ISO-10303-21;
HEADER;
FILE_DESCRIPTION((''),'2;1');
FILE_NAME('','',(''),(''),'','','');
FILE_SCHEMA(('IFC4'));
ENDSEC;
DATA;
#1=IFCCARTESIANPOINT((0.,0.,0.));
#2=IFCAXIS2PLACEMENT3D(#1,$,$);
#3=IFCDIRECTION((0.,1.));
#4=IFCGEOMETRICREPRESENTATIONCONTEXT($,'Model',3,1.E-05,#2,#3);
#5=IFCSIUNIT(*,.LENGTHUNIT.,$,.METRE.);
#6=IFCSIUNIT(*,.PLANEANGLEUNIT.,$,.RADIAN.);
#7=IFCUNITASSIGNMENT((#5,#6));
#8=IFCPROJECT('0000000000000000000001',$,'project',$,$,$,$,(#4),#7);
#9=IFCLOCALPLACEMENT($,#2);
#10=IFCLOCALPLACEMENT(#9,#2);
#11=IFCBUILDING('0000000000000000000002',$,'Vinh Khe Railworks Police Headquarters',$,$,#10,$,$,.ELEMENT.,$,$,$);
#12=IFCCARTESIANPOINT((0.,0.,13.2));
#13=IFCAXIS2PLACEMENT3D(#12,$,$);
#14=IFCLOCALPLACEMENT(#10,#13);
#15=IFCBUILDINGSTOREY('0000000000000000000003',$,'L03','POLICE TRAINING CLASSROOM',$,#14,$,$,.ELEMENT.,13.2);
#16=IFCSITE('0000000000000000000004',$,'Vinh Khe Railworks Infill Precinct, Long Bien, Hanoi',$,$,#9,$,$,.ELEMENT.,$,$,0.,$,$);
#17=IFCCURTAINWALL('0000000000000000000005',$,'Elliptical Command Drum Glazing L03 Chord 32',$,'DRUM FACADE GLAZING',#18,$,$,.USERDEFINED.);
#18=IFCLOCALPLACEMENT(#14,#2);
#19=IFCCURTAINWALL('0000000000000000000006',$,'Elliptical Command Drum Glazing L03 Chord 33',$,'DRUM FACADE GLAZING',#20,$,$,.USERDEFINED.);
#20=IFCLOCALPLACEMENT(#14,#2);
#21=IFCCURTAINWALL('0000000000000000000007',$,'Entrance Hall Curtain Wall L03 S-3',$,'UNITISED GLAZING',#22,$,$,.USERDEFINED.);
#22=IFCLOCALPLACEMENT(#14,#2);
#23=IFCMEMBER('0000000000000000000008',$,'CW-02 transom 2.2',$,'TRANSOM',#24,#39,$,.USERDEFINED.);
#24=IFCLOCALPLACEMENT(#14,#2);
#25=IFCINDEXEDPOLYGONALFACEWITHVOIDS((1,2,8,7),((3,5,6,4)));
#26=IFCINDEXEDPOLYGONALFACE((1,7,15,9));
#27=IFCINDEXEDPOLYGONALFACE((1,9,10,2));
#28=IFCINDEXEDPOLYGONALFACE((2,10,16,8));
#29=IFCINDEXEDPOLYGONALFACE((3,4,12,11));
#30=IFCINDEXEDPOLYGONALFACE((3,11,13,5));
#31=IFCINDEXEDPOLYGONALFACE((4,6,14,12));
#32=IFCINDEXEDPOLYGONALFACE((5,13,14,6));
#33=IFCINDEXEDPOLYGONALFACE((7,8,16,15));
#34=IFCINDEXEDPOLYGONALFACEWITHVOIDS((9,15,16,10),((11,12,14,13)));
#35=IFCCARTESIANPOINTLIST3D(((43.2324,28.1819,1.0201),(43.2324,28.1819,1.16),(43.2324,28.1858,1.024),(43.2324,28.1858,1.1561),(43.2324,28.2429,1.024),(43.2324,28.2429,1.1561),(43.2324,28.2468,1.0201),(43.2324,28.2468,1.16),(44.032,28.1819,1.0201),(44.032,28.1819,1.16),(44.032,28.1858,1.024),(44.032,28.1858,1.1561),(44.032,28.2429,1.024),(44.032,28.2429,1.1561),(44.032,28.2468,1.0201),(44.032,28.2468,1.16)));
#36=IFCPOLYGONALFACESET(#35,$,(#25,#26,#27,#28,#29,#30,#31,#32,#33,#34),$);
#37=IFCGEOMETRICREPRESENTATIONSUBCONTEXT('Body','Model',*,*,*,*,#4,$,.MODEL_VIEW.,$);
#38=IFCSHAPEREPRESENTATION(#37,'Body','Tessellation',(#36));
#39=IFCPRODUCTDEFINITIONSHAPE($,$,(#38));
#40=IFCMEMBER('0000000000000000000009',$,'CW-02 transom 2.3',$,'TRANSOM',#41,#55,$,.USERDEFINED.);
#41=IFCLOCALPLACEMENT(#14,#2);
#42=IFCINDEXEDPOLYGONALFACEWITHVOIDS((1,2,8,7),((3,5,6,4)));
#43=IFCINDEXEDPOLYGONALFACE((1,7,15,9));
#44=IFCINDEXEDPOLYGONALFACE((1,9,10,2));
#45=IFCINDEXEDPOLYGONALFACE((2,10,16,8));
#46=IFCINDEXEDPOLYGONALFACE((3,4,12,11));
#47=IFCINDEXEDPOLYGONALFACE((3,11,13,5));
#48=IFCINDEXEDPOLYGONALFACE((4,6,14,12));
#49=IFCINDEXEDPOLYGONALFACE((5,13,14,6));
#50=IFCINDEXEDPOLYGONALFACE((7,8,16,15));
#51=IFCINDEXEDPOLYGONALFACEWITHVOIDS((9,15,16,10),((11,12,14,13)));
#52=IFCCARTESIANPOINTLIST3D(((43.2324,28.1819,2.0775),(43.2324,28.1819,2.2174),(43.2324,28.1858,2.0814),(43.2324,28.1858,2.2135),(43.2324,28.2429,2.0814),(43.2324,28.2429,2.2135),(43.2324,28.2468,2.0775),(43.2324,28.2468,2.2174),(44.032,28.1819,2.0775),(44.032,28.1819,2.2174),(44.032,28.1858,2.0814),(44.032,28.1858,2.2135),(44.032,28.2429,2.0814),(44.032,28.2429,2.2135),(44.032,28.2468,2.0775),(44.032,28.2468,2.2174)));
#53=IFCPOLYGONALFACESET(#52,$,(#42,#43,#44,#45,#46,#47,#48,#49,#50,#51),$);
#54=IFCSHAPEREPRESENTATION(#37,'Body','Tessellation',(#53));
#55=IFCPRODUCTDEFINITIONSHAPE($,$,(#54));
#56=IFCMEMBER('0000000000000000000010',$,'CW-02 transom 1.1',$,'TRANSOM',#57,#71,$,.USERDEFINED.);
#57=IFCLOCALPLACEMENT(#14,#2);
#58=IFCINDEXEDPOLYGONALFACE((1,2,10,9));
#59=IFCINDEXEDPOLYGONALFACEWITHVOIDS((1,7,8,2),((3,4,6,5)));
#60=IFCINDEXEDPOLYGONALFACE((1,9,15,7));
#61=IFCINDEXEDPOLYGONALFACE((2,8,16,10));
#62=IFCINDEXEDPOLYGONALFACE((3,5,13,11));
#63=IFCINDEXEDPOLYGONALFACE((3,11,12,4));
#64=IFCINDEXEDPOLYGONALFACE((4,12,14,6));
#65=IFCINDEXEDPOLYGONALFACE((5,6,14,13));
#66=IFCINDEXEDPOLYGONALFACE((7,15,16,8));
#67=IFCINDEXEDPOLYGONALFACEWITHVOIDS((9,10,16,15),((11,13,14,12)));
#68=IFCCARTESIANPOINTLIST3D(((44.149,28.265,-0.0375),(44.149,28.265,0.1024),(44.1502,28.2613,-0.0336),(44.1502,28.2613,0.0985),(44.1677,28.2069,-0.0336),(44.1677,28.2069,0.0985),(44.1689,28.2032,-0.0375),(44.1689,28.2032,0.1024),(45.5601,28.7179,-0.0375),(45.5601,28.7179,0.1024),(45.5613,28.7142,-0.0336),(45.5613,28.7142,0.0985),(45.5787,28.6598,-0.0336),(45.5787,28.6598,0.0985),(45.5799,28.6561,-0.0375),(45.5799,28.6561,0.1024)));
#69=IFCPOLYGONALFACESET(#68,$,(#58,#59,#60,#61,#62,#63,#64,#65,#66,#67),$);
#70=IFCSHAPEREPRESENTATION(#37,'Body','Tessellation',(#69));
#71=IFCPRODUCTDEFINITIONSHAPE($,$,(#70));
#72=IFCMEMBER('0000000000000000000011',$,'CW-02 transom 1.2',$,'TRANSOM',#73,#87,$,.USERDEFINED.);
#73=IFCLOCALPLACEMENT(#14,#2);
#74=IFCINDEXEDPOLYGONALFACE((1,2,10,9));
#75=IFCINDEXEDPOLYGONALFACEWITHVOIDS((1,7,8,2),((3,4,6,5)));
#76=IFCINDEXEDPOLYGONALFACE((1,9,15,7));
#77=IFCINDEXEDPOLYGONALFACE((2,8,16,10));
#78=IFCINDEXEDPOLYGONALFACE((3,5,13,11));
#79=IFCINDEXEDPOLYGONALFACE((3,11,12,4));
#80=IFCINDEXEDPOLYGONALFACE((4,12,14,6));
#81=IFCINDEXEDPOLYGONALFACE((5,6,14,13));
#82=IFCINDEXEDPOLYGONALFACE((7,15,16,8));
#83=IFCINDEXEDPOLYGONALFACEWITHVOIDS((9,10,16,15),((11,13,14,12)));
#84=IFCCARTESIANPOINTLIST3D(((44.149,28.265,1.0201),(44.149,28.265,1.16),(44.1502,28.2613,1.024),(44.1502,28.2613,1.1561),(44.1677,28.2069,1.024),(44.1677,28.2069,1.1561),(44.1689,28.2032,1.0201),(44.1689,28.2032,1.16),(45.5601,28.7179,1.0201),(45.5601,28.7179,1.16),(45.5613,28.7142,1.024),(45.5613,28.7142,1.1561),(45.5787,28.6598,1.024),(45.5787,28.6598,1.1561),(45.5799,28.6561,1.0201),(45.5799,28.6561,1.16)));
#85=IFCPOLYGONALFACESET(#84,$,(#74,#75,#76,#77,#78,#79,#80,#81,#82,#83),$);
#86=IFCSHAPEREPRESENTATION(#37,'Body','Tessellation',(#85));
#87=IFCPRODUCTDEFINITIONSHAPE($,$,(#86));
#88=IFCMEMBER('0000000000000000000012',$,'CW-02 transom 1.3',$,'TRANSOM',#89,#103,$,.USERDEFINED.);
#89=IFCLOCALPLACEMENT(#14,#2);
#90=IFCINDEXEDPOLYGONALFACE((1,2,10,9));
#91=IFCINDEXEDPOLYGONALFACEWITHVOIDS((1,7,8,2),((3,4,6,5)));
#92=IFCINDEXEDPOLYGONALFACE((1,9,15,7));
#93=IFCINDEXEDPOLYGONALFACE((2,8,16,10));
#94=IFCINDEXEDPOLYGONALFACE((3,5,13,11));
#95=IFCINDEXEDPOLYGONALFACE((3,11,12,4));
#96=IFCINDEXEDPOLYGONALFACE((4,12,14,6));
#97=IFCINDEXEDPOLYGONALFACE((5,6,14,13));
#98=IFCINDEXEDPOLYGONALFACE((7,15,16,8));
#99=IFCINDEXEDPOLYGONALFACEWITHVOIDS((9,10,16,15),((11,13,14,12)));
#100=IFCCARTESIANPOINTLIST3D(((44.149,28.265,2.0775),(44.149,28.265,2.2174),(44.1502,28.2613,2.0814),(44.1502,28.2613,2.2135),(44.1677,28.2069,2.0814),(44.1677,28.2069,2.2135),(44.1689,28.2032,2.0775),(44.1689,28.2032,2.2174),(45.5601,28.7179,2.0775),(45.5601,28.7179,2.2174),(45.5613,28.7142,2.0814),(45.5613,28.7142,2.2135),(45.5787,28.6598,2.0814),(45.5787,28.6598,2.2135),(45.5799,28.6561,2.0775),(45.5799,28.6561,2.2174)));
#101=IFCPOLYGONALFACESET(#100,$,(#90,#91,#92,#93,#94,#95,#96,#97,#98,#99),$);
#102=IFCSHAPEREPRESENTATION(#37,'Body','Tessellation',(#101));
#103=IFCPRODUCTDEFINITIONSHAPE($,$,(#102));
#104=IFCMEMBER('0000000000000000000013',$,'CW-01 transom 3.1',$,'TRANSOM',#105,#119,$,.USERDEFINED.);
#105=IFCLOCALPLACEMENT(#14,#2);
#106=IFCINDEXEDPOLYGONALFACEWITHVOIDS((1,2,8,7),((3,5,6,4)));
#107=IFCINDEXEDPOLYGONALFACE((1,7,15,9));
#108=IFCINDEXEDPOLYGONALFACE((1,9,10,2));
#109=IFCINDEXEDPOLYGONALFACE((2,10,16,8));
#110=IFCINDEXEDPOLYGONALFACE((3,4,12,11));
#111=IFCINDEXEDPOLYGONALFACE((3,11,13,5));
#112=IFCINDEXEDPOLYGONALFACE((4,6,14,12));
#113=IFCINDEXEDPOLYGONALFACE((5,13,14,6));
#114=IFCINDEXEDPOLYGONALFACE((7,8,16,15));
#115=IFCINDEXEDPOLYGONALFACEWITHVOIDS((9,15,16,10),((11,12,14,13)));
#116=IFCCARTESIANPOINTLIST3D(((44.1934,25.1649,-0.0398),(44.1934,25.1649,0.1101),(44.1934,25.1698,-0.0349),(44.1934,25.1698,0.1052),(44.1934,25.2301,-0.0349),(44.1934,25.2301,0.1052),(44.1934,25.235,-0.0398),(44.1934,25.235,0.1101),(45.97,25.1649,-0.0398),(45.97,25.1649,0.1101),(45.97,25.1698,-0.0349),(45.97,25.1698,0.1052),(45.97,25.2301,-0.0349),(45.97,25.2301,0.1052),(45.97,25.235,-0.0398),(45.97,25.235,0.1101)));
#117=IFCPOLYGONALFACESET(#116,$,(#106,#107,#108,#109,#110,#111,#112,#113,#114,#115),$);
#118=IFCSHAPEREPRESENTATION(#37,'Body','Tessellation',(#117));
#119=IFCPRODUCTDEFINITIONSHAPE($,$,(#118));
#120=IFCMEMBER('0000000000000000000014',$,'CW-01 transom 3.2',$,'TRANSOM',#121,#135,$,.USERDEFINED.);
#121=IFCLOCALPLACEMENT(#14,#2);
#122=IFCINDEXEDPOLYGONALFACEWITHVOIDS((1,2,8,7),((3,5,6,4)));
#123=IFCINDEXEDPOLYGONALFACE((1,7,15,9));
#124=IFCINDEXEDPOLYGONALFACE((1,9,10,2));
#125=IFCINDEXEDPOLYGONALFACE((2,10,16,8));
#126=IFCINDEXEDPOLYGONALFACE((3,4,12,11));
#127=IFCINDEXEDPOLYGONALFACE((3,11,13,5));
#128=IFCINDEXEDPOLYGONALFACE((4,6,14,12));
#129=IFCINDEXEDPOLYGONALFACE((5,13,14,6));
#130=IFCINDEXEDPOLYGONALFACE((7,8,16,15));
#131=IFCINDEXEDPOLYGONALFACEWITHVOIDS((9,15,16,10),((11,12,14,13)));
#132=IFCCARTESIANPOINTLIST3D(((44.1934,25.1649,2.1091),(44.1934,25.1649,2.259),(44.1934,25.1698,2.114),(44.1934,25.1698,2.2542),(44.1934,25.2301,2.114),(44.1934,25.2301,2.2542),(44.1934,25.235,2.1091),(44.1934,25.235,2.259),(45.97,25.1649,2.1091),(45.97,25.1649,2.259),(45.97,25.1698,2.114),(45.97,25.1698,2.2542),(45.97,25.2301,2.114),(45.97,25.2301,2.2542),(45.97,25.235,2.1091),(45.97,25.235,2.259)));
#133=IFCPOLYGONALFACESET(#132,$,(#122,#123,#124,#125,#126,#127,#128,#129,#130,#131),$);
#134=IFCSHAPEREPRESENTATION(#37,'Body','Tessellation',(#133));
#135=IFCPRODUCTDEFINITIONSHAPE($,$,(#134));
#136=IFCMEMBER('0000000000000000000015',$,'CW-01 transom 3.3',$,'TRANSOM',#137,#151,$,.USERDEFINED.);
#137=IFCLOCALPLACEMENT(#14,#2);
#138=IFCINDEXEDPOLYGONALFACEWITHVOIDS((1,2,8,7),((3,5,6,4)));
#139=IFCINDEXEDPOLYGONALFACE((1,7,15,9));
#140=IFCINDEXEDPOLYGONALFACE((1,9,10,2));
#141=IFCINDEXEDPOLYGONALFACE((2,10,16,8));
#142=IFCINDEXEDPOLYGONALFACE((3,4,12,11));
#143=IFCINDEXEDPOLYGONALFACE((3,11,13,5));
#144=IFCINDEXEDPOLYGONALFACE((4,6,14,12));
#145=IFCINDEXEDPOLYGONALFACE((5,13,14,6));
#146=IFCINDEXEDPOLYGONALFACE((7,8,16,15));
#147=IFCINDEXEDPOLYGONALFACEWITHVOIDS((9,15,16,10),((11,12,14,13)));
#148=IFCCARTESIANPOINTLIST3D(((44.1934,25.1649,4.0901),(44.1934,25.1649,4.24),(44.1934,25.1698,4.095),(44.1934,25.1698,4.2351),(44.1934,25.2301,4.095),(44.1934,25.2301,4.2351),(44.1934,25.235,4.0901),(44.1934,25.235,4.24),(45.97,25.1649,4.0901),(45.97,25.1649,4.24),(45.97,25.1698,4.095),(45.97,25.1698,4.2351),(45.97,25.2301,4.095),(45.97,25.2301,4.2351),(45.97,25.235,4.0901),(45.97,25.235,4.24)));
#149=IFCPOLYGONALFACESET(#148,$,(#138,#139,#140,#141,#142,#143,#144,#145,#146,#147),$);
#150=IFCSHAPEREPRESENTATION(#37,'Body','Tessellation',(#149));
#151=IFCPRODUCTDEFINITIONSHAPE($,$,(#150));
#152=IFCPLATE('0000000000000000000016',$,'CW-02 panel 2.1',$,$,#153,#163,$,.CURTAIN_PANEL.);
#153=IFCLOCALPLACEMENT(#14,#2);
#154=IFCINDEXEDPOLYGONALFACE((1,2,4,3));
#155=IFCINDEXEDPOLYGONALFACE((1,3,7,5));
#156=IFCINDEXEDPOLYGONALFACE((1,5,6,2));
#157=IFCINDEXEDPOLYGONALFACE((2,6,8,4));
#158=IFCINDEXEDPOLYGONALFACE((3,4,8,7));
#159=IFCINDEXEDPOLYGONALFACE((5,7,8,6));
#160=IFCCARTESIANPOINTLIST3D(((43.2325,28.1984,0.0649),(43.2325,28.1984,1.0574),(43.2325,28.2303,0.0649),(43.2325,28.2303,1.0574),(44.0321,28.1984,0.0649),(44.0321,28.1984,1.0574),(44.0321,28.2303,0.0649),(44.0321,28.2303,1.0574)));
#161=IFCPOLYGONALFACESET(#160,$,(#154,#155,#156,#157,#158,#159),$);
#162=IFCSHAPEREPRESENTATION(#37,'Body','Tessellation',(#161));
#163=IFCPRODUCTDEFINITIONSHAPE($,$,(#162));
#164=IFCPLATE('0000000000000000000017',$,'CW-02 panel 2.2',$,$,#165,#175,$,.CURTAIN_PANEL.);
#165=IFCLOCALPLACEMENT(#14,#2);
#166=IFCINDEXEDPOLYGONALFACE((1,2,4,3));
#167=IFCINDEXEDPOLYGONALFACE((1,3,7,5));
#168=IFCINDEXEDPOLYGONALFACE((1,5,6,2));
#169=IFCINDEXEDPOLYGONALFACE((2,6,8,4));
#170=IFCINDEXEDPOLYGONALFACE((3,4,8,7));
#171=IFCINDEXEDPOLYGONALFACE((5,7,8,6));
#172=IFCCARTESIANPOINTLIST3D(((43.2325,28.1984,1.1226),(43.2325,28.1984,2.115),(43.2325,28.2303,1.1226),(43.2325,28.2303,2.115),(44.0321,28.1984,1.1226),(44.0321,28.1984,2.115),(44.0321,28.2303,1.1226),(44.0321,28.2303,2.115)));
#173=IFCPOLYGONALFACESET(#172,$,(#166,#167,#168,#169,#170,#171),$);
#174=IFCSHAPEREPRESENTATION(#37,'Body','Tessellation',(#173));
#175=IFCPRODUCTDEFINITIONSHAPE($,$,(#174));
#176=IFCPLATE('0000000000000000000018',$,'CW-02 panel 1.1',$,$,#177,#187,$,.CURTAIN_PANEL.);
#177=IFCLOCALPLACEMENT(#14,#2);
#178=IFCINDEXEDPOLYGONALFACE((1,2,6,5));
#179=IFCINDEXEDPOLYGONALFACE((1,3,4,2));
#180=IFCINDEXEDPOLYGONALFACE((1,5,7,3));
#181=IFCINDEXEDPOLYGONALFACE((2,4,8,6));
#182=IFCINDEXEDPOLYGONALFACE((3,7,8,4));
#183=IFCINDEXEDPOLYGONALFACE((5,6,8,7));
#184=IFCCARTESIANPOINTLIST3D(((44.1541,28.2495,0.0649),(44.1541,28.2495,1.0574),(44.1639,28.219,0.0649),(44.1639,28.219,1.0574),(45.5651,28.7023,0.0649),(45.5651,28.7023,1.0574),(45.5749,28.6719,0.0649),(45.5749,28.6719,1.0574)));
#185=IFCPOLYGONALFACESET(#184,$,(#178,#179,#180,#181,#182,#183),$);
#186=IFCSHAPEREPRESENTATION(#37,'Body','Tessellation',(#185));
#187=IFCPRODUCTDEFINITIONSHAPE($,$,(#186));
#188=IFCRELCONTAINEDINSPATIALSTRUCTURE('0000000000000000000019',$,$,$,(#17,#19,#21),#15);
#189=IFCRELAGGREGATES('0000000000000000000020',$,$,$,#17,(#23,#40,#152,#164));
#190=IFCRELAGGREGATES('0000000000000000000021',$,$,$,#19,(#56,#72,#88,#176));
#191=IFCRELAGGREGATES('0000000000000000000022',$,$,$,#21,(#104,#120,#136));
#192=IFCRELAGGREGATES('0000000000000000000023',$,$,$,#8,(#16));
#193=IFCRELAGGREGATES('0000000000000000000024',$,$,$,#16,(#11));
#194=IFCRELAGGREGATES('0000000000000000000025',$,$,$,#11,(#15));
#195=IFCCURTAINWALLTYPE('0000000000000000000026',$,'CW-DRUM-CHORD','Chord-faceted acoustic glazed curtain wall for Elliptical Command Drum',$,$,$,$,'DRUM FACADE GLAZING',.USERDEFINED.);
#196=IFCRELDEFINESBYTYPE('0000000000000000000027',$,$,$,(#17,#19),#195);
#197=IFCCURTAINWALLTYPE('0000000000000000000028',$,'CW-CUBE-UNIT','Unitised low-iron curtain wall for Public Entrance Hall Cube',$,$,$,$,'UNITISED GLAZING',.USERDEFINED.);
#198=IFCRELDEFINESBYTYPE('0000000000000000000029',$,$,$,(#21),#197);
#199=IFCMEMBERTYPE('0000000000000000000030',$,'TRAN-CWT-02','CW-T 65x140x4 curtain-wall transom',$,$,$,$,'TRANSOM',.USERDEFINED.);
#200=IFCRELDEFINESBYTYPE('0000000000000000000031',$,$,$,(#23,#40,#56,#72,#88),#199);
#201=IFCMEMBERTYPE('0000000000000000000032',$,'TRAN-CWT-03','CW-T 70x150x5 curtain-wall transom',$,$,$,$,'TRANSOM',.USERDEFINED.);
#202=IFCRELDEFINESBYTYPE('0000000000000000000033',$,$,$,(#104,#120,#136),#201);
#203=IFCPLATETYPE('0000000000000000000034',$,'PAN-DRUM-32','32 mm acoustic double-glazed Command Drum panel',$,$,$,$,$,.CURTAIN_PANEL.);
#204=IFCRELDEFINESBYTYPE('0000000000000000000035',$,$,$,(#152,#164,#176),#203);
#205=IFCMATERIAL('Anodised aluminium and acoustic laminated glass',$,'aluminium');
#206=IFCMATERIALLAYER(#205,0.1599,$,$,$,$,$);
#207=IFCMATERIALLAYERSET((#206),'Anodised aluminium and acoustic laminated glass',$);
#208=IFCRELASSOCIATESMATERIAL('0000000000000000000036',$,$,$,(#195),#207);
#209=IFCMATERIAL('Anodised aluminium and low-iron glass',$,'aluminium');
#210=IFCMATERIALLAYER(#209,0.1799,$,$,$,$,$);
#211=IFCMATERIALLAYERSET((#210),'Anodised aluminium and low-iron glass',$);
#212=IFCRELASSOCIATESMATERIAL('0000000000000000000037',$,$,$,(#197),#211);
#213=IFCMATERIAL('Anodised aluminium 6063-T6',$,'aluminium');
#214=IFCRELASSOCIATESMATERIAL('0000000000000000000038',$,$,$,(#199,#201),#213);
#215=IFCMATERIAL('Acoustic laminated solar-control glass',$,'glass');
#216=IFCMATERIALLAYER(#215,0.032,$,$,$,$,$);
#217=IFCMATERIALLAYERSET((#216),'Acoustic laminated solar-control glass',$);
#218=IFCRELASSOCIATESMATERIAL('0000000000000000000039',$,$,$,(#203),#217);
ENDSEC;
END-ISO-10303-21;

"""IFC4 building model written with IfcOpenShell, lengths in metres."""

from ifc_helpers import new_model, si_unit, direction, frame, origin, origin_2d, place, context, subcontext, project, spatial, rectangle, hollow_rectangle, extrude, material, layer, layer_set, material_profile, profile_set, type_object, element, aggregate, save


model = new_model("IFC4")

# Units and contexts
model_context = context("Model", 3, precision=1e-05, world=origin(), true_north=direction((0.0, 1.0)))
body_context = subcontext(model_context, "Body", "Model", "MODEL_VIEW")
ifc_project = project(units=[si_unit("LENGTHUNIT", "METRE"), si_unit("PLANEANGLEUNIT", "RADIAN")], contexts=[model_context])

# Site, building, storey
site_placement = place(None, origin())
site = spatial("IfcSite", under=ifc_project, at=site_placement, Name="Vinh Khe Railworks Infill Precinct, Long Bien, Hanoi", CompositionType="ELEMENT", RefElevation=0.0)
building_placement = place(site_placement, origin())
building = spatial("IfcBuilding", under=site, at=building_placement, Name="Vinh Khe Railworks Police Headquarters", CompositionType="ELEMENT")
storey_placement = place(building_placement, frame((0.0, 0.0, 13.2)))
storey = spatial("IfcBuildingStorey", under=building, at=storey_placement, Name="L03", Description="POLICE TRAINING CLASSROOM", CompositionType="ELEMENT", Elevation=13.2)

# Curtain wall
ifc_material_1 = material(Name="Anodised aluminium and acoustic laminated glass", Category="aluminium")
ifc_layer_1 = layer(ifc_material_1, 0.1599)
ifc_layer_set_1 = layer_set([ifc_layer_1], Name="Anodised aluminium and acoustic laminated glass")
curtain_wall_type_1 = type_object("IfcCurtainWallType", Name="CW-DRUM-CHORD", Description="Chord-faceted acoustic glazed curtain wall for Elliptical Command Drum", ElementType="DRUM FACADE GLAZING", PredefinedType="USERDEFINED", material=ifc_layer_set_1)
curtain_wall_1_placement = place(storey_placement, origin())
curtain_wall_1 = element("IfcCurtainWall", 1, at=curtain_wall_1_placement, inside=storey, type_object=curtain_wall_type_1, Name="Elliptical Command Drum Glazing L03 Chord 32", ObjectType="DRUM FACADE GLAZING", PredefinedType="USERDEFINED")
ifc_material_2 = material(Name="Anodised aluminium 6063-T6", Category="aluminium")

# Curtain wall
curtain_wall_2_placement = place(storey_placement, origin())
curtain_wall_2 = element("IfcCurtainWall", 2, at=curtain_wall_2_placement, inside=storey, type_object=curtain_wall_type_1, Name="Elliptical Command Drum Glazing L03 Chord 33", ObjectType="DRUM FACADE GLAZING", PredefinedType="USERDEFINED")

# Curtain wall
ifc_material_3 = material(Name="Anodised aluminium and low-iron glass", Category="aluminium")
ifc_layer_2 = layer(ifc_material_3, 0.1799)
ifc_layer_set_2 = layer_set([ifc_layer_2], Name="Anodised aluminium and low-iron glass")
curtain_wall_type_2 = type_object("IfcCurtainWallType", Name="CW-CUBE-UNIT", Description="Unitised low-iron curtain wall for Public Entrance Hall Cube", ElementType="UNITISED GLAZING", PredefinedType="USERDEFINED", material=ifc_layer_set_2)
curtain_wall_3_placement = place(storey_placement, origin())
curtain_wall_3 = element("IfcCurtainWall", 3, at=curtain_wall_3_placement, inside=storey, type_object=curtain_wall_type_2, Name="Entrance Hall Curtain Wall L03 S-3", ObjectType="UNITISED GLAZING", PredefinedType="USERDEFINED")

# Members
ifc_material_profile_1 = material_profile(ifc_material_2, hollow_rectangle(XDim=0.0649, YDim=0.1399, WallThickness=0.0039, at=origin_2d()), Name="CW-T 65x140x4")
ifc_profile_set_1 = profile_set([ifc_material_profile_1], Name="Anodised aluminium 6063-T6")
member_type_1 = type_object("IfcMemberType", Name="TRAN-CWT-02", Description="CW-T 65x140x4 curtain-wall transom", ElementType="TRANSOM", PredefinedType="USERDEFINED", material=ifc_profile_set_1)
member_1_placement = place(storey_placement, frame((43.2324, 28.2144, 1.0901), z_axis=(1.0, 0.0, 0.0), x_axis=(0.0, 1.0, 0.0)))
member_1 = element("IfcMember", 4, at=member_1_placement, type_object=member_type_1, Name="CW-02 transom 2.2", ObjectType="TRANSOM", PredefinedType="USERDEFINED", context=body_context, shape_type="SweptSolid", body=[
    extrude(hollow_rectangle(XDim=0.0649, YDim=0.1399, WallThickness=0.0039, at=origin_2d()), origin(), (0.0, 0.0, 1.0), 0.7996),
])
member_2_placement = place(storey_placement, frame((43.2324, 28.2144, 2.1475), z_axis=(1.0, 0.0, 0.0), x_axis=(0.0, 1.0, 0.0)))
member_2 = element("IfcMember", 5, at=member_2_placement, type_object=member_type_1, Name="CW-02 transom 2.3", ObjectType="TRANSOM", PredefinedType="USERDEFINED", context=body_context, shape_type="SweptSolid", body=[
    extrude(hollow_rectangle(XDim=0.0649, YDim=0.1399, WallThickness=0.0039, at=origin_2d()), origin(), (0.0, 0.0, 1.0), 0.7996),
])
member_3_placement = place(storey_placement, frame((44.1589, 28.2341, 0.0325), z_axis=(0.952166, 0.305583, 0.0), x_axis=(-0.305583, 0.952166, 0.0)))
member_3 = element("IfcMember", 6, at=member_3_placement, type_object=member_type_1, Name="CW-02 transom 1.1", ObjectType="TRANSOM", PredefinedType="USERDEFINED", context=body_context, shape_type="SweptSolid", body=[
    extrude(hollow_rectangle(XDim=0.0649, YDim=0.1399, WallThickness=0.0039, at=origin_2d()), origin(), (0.0, 0.0, 1.0), 1.4819),
])
member_4_placement = place(storey_placement, frame((44.1589, 28.2341, 1.0901), z_axis=(0.952166, 0.305583, 0.0), x_axis=(-0.305583, 0.952166, 0.0)))
member_4 = element("IfcMember", 7, at=member_4_placement, type_object=member_type_1, Name="CW-02 transom 1.2", ObjectType="TRANSOM", PredefinedType="USERDEFINED", context=body_context, shape_type="SweptSolid", body=[
    extrude(hollow_rectangle(XDim=0.0649, YDim=0.1399, WallThickness=0.0039, at=origin_2d()), origin(), (0.0, 0.0, 1.0), 1.4819),
])
member_5_placement = place(storey_placement, frame((44.1589, 28.2341, 2.1475), z_axis=(0.952166, 0.305583, 0.0), x_axis=(-0.305583, 0.952166, 0.0)))
member_5 = element("IfcMember", 8, at=member_5_placement, type_object=member_type_1, Name="CW-02 transom 1.3", ObjectType="TRANSOM", PredefinedType="USERDEFINED", context=body_context, shape_type="SweptSolid", body=[
    extrude(hollow_rectangle(XDim=0.0649, YDim=0.1399, WallThickness=0.0039, at=origin_2d()), origin(), (0.0, 0.0, 1.0), 1.4819),
])
ifc_material_profile_2 = material_profile(ifc_material_2, hollow_rectangle(XDim=0.0701, YDim=0.1499, WallThickness=0.0049, at=origin_2d()), Name="CW-T 70x150x5")
ifc_profile_set_2 = profile_set([ifc_material_profile_2], Name="Anodised aluminium 6063-T6")
member_type_2 = type_object("IfcMemberType", Name="TRAN-CWT-03", Description="CW-T 70x150x5 curtain-wall transom", ElementType="TRANSOM", PredefinedType="USERDEFINED", material=ifc_profile_set_2)
member_6_placement = place(storey_placement, frame((44.1934, 25.2, 0.0352), z_axis=(1.0, 0.0, 0.0), x_axis=(0.0, 1.0, 0.0)))
member_6 = element("IfcMember", 9, at=member_6_placement, type_object=member_type_2, Name="CW-01 transom 3.1", ObjectType="TRANSOM", PredefinedType="USERDEFINED", context=body_context, shape_type="SweptSolid", body=[
    extrude(hollow_rectangle(XDim=0.0701, YDim=0.1499, WallThickness=0.0049, at=origin_2d()), origin(), (0.0, 0.0, 1.0), 1.7766),
])
member_7_placement = place(storey_placement, frame((44.1934, 25.2, 2.1841), z_axis=(1.0, 0.0, 0.0), x_axis=(0.0, 1.0, 0.0)))
member_7 = element("IfcMember", 10, at=member_7_placement, type_object=member_type_2, Name="CW-01 transom 3.2", ObjectType="TRANSOM", PredefinedType="USERDEFINED", context=body_context, shape_type="SweptSolid", body=[
    extrude(hollow_rectangle(XDim=0.0701, YDim=0.1499, WallThickness=0.0049, at=origin_2d()), origin(), (0.0, 0.0, 1.0), 1.7766),
])
member_8_placement = place(storey_placement, frame((44.1934, 25.2, 4.165), z_axis=(1.0, 0.0, 0.0), x_axis=(0.0, 1.0, 0.0)))
member_8 = element("IfcMember", 11, at=member_8_placement, type_object=member_type_2, Name="CW-01 transom 3.3", ObjectType="TRANSOM", PredefinedType="USERDEFINED", context=body_context, shape_type="SweptSolid", body=[
    extrude(hollow_rectangle(XDim=0.0701, YDim=0.1499, WallThickness=0.0049, at=origin_2d()), origin(), (0.0, 0.0, 1.0), 1.7766),
])

# Plates
ifc_material_4 = material(Name="Acoustic laminated solar-control glass", Category="glass")
ifc_layer_3 = layer(ifc_material_4, 0.032)
ifc_layer_set_3 = layer_set([ifc_layer_3], Name="Acoustic laminated solar-control glass")
plate_type_1 = type_object("IfcPlateType", Name="PAN-DRUM-32", Description="32 mm acoustic double-glazed Command Drum panel", PredefinedType="CURTAIN_PANEL", material=ifc_layer_set_3)
plate_1_placement = place(storey_placement, frame((43.6323, 28.2144, 0.0649), z_axis=(0.0, 0.0, 1.0), x_axis=(1.0, 0.0, 0.0)))
plate_1 = element("IfcPlate", 12, at=plate_1_placement, type_object=plate_type_1, Name="CW-02 panel 2.1", PredefinedType="CURTAIN_PANEL", context=body_context, shape_type="SweptSolid", body=[
    extrude(rectangle(XDim=0.7996, YDim=0.032, at=origin_2d()), origin(), (0.0, 0.0, 1.0), 0.9924),
])
plate_2_placement = place(storey_placement, frame((43.6323, 28.2144, 1.1226), z_axis=(0.0, 0.0, 1.0), x_axis=(1.0, 0.0, 0.0)))
plate_2 = element("IfcPlate", 13, at=plate_2_placement, type_object=plate_type_1, Name="CW-02 panel 2.2", PredefinedType="CURTAIN_PANEL", context=body_context, shape_type="SweptSolid", body=[
    extrude(rectangle(XDim=0.7996, YDim=0.032, at=origin_2d()), origin(), (0.0, 0.0, 1.0), 0.9924),
])
aggregate(curtain_wall_1, [member_1, member_2, plate_1, plate_2])
plate_3_placement = place(storey_placement, frame((44.8645, 28.4607, 0.0649), z_axis=(0.0, 0.0, 1.0), x_axis=(0.952167, 0.305579, 0.0)))
plate_3 = element("IfcPlate", 14, at=plate_3_placement, type_object=plate_type_1, Name="CW-02 panel 1.1", PredefinedType="CURTAIN_PANEL", context=body_context, shape_type="SweptSolid", body=[
    extrude(rectangle(XDim=1.4819, YDim=0.032, at=origin_2d()), origin(), (0.0, 0.0, 1.0), 0.9924),
])
aggregate(curtain_wall_2, [member_3, member_4, member_5, plate_3])
aggregate(curtain_wall_3, [member_6, member_7, member_8])

save(model, "model.ifc")
